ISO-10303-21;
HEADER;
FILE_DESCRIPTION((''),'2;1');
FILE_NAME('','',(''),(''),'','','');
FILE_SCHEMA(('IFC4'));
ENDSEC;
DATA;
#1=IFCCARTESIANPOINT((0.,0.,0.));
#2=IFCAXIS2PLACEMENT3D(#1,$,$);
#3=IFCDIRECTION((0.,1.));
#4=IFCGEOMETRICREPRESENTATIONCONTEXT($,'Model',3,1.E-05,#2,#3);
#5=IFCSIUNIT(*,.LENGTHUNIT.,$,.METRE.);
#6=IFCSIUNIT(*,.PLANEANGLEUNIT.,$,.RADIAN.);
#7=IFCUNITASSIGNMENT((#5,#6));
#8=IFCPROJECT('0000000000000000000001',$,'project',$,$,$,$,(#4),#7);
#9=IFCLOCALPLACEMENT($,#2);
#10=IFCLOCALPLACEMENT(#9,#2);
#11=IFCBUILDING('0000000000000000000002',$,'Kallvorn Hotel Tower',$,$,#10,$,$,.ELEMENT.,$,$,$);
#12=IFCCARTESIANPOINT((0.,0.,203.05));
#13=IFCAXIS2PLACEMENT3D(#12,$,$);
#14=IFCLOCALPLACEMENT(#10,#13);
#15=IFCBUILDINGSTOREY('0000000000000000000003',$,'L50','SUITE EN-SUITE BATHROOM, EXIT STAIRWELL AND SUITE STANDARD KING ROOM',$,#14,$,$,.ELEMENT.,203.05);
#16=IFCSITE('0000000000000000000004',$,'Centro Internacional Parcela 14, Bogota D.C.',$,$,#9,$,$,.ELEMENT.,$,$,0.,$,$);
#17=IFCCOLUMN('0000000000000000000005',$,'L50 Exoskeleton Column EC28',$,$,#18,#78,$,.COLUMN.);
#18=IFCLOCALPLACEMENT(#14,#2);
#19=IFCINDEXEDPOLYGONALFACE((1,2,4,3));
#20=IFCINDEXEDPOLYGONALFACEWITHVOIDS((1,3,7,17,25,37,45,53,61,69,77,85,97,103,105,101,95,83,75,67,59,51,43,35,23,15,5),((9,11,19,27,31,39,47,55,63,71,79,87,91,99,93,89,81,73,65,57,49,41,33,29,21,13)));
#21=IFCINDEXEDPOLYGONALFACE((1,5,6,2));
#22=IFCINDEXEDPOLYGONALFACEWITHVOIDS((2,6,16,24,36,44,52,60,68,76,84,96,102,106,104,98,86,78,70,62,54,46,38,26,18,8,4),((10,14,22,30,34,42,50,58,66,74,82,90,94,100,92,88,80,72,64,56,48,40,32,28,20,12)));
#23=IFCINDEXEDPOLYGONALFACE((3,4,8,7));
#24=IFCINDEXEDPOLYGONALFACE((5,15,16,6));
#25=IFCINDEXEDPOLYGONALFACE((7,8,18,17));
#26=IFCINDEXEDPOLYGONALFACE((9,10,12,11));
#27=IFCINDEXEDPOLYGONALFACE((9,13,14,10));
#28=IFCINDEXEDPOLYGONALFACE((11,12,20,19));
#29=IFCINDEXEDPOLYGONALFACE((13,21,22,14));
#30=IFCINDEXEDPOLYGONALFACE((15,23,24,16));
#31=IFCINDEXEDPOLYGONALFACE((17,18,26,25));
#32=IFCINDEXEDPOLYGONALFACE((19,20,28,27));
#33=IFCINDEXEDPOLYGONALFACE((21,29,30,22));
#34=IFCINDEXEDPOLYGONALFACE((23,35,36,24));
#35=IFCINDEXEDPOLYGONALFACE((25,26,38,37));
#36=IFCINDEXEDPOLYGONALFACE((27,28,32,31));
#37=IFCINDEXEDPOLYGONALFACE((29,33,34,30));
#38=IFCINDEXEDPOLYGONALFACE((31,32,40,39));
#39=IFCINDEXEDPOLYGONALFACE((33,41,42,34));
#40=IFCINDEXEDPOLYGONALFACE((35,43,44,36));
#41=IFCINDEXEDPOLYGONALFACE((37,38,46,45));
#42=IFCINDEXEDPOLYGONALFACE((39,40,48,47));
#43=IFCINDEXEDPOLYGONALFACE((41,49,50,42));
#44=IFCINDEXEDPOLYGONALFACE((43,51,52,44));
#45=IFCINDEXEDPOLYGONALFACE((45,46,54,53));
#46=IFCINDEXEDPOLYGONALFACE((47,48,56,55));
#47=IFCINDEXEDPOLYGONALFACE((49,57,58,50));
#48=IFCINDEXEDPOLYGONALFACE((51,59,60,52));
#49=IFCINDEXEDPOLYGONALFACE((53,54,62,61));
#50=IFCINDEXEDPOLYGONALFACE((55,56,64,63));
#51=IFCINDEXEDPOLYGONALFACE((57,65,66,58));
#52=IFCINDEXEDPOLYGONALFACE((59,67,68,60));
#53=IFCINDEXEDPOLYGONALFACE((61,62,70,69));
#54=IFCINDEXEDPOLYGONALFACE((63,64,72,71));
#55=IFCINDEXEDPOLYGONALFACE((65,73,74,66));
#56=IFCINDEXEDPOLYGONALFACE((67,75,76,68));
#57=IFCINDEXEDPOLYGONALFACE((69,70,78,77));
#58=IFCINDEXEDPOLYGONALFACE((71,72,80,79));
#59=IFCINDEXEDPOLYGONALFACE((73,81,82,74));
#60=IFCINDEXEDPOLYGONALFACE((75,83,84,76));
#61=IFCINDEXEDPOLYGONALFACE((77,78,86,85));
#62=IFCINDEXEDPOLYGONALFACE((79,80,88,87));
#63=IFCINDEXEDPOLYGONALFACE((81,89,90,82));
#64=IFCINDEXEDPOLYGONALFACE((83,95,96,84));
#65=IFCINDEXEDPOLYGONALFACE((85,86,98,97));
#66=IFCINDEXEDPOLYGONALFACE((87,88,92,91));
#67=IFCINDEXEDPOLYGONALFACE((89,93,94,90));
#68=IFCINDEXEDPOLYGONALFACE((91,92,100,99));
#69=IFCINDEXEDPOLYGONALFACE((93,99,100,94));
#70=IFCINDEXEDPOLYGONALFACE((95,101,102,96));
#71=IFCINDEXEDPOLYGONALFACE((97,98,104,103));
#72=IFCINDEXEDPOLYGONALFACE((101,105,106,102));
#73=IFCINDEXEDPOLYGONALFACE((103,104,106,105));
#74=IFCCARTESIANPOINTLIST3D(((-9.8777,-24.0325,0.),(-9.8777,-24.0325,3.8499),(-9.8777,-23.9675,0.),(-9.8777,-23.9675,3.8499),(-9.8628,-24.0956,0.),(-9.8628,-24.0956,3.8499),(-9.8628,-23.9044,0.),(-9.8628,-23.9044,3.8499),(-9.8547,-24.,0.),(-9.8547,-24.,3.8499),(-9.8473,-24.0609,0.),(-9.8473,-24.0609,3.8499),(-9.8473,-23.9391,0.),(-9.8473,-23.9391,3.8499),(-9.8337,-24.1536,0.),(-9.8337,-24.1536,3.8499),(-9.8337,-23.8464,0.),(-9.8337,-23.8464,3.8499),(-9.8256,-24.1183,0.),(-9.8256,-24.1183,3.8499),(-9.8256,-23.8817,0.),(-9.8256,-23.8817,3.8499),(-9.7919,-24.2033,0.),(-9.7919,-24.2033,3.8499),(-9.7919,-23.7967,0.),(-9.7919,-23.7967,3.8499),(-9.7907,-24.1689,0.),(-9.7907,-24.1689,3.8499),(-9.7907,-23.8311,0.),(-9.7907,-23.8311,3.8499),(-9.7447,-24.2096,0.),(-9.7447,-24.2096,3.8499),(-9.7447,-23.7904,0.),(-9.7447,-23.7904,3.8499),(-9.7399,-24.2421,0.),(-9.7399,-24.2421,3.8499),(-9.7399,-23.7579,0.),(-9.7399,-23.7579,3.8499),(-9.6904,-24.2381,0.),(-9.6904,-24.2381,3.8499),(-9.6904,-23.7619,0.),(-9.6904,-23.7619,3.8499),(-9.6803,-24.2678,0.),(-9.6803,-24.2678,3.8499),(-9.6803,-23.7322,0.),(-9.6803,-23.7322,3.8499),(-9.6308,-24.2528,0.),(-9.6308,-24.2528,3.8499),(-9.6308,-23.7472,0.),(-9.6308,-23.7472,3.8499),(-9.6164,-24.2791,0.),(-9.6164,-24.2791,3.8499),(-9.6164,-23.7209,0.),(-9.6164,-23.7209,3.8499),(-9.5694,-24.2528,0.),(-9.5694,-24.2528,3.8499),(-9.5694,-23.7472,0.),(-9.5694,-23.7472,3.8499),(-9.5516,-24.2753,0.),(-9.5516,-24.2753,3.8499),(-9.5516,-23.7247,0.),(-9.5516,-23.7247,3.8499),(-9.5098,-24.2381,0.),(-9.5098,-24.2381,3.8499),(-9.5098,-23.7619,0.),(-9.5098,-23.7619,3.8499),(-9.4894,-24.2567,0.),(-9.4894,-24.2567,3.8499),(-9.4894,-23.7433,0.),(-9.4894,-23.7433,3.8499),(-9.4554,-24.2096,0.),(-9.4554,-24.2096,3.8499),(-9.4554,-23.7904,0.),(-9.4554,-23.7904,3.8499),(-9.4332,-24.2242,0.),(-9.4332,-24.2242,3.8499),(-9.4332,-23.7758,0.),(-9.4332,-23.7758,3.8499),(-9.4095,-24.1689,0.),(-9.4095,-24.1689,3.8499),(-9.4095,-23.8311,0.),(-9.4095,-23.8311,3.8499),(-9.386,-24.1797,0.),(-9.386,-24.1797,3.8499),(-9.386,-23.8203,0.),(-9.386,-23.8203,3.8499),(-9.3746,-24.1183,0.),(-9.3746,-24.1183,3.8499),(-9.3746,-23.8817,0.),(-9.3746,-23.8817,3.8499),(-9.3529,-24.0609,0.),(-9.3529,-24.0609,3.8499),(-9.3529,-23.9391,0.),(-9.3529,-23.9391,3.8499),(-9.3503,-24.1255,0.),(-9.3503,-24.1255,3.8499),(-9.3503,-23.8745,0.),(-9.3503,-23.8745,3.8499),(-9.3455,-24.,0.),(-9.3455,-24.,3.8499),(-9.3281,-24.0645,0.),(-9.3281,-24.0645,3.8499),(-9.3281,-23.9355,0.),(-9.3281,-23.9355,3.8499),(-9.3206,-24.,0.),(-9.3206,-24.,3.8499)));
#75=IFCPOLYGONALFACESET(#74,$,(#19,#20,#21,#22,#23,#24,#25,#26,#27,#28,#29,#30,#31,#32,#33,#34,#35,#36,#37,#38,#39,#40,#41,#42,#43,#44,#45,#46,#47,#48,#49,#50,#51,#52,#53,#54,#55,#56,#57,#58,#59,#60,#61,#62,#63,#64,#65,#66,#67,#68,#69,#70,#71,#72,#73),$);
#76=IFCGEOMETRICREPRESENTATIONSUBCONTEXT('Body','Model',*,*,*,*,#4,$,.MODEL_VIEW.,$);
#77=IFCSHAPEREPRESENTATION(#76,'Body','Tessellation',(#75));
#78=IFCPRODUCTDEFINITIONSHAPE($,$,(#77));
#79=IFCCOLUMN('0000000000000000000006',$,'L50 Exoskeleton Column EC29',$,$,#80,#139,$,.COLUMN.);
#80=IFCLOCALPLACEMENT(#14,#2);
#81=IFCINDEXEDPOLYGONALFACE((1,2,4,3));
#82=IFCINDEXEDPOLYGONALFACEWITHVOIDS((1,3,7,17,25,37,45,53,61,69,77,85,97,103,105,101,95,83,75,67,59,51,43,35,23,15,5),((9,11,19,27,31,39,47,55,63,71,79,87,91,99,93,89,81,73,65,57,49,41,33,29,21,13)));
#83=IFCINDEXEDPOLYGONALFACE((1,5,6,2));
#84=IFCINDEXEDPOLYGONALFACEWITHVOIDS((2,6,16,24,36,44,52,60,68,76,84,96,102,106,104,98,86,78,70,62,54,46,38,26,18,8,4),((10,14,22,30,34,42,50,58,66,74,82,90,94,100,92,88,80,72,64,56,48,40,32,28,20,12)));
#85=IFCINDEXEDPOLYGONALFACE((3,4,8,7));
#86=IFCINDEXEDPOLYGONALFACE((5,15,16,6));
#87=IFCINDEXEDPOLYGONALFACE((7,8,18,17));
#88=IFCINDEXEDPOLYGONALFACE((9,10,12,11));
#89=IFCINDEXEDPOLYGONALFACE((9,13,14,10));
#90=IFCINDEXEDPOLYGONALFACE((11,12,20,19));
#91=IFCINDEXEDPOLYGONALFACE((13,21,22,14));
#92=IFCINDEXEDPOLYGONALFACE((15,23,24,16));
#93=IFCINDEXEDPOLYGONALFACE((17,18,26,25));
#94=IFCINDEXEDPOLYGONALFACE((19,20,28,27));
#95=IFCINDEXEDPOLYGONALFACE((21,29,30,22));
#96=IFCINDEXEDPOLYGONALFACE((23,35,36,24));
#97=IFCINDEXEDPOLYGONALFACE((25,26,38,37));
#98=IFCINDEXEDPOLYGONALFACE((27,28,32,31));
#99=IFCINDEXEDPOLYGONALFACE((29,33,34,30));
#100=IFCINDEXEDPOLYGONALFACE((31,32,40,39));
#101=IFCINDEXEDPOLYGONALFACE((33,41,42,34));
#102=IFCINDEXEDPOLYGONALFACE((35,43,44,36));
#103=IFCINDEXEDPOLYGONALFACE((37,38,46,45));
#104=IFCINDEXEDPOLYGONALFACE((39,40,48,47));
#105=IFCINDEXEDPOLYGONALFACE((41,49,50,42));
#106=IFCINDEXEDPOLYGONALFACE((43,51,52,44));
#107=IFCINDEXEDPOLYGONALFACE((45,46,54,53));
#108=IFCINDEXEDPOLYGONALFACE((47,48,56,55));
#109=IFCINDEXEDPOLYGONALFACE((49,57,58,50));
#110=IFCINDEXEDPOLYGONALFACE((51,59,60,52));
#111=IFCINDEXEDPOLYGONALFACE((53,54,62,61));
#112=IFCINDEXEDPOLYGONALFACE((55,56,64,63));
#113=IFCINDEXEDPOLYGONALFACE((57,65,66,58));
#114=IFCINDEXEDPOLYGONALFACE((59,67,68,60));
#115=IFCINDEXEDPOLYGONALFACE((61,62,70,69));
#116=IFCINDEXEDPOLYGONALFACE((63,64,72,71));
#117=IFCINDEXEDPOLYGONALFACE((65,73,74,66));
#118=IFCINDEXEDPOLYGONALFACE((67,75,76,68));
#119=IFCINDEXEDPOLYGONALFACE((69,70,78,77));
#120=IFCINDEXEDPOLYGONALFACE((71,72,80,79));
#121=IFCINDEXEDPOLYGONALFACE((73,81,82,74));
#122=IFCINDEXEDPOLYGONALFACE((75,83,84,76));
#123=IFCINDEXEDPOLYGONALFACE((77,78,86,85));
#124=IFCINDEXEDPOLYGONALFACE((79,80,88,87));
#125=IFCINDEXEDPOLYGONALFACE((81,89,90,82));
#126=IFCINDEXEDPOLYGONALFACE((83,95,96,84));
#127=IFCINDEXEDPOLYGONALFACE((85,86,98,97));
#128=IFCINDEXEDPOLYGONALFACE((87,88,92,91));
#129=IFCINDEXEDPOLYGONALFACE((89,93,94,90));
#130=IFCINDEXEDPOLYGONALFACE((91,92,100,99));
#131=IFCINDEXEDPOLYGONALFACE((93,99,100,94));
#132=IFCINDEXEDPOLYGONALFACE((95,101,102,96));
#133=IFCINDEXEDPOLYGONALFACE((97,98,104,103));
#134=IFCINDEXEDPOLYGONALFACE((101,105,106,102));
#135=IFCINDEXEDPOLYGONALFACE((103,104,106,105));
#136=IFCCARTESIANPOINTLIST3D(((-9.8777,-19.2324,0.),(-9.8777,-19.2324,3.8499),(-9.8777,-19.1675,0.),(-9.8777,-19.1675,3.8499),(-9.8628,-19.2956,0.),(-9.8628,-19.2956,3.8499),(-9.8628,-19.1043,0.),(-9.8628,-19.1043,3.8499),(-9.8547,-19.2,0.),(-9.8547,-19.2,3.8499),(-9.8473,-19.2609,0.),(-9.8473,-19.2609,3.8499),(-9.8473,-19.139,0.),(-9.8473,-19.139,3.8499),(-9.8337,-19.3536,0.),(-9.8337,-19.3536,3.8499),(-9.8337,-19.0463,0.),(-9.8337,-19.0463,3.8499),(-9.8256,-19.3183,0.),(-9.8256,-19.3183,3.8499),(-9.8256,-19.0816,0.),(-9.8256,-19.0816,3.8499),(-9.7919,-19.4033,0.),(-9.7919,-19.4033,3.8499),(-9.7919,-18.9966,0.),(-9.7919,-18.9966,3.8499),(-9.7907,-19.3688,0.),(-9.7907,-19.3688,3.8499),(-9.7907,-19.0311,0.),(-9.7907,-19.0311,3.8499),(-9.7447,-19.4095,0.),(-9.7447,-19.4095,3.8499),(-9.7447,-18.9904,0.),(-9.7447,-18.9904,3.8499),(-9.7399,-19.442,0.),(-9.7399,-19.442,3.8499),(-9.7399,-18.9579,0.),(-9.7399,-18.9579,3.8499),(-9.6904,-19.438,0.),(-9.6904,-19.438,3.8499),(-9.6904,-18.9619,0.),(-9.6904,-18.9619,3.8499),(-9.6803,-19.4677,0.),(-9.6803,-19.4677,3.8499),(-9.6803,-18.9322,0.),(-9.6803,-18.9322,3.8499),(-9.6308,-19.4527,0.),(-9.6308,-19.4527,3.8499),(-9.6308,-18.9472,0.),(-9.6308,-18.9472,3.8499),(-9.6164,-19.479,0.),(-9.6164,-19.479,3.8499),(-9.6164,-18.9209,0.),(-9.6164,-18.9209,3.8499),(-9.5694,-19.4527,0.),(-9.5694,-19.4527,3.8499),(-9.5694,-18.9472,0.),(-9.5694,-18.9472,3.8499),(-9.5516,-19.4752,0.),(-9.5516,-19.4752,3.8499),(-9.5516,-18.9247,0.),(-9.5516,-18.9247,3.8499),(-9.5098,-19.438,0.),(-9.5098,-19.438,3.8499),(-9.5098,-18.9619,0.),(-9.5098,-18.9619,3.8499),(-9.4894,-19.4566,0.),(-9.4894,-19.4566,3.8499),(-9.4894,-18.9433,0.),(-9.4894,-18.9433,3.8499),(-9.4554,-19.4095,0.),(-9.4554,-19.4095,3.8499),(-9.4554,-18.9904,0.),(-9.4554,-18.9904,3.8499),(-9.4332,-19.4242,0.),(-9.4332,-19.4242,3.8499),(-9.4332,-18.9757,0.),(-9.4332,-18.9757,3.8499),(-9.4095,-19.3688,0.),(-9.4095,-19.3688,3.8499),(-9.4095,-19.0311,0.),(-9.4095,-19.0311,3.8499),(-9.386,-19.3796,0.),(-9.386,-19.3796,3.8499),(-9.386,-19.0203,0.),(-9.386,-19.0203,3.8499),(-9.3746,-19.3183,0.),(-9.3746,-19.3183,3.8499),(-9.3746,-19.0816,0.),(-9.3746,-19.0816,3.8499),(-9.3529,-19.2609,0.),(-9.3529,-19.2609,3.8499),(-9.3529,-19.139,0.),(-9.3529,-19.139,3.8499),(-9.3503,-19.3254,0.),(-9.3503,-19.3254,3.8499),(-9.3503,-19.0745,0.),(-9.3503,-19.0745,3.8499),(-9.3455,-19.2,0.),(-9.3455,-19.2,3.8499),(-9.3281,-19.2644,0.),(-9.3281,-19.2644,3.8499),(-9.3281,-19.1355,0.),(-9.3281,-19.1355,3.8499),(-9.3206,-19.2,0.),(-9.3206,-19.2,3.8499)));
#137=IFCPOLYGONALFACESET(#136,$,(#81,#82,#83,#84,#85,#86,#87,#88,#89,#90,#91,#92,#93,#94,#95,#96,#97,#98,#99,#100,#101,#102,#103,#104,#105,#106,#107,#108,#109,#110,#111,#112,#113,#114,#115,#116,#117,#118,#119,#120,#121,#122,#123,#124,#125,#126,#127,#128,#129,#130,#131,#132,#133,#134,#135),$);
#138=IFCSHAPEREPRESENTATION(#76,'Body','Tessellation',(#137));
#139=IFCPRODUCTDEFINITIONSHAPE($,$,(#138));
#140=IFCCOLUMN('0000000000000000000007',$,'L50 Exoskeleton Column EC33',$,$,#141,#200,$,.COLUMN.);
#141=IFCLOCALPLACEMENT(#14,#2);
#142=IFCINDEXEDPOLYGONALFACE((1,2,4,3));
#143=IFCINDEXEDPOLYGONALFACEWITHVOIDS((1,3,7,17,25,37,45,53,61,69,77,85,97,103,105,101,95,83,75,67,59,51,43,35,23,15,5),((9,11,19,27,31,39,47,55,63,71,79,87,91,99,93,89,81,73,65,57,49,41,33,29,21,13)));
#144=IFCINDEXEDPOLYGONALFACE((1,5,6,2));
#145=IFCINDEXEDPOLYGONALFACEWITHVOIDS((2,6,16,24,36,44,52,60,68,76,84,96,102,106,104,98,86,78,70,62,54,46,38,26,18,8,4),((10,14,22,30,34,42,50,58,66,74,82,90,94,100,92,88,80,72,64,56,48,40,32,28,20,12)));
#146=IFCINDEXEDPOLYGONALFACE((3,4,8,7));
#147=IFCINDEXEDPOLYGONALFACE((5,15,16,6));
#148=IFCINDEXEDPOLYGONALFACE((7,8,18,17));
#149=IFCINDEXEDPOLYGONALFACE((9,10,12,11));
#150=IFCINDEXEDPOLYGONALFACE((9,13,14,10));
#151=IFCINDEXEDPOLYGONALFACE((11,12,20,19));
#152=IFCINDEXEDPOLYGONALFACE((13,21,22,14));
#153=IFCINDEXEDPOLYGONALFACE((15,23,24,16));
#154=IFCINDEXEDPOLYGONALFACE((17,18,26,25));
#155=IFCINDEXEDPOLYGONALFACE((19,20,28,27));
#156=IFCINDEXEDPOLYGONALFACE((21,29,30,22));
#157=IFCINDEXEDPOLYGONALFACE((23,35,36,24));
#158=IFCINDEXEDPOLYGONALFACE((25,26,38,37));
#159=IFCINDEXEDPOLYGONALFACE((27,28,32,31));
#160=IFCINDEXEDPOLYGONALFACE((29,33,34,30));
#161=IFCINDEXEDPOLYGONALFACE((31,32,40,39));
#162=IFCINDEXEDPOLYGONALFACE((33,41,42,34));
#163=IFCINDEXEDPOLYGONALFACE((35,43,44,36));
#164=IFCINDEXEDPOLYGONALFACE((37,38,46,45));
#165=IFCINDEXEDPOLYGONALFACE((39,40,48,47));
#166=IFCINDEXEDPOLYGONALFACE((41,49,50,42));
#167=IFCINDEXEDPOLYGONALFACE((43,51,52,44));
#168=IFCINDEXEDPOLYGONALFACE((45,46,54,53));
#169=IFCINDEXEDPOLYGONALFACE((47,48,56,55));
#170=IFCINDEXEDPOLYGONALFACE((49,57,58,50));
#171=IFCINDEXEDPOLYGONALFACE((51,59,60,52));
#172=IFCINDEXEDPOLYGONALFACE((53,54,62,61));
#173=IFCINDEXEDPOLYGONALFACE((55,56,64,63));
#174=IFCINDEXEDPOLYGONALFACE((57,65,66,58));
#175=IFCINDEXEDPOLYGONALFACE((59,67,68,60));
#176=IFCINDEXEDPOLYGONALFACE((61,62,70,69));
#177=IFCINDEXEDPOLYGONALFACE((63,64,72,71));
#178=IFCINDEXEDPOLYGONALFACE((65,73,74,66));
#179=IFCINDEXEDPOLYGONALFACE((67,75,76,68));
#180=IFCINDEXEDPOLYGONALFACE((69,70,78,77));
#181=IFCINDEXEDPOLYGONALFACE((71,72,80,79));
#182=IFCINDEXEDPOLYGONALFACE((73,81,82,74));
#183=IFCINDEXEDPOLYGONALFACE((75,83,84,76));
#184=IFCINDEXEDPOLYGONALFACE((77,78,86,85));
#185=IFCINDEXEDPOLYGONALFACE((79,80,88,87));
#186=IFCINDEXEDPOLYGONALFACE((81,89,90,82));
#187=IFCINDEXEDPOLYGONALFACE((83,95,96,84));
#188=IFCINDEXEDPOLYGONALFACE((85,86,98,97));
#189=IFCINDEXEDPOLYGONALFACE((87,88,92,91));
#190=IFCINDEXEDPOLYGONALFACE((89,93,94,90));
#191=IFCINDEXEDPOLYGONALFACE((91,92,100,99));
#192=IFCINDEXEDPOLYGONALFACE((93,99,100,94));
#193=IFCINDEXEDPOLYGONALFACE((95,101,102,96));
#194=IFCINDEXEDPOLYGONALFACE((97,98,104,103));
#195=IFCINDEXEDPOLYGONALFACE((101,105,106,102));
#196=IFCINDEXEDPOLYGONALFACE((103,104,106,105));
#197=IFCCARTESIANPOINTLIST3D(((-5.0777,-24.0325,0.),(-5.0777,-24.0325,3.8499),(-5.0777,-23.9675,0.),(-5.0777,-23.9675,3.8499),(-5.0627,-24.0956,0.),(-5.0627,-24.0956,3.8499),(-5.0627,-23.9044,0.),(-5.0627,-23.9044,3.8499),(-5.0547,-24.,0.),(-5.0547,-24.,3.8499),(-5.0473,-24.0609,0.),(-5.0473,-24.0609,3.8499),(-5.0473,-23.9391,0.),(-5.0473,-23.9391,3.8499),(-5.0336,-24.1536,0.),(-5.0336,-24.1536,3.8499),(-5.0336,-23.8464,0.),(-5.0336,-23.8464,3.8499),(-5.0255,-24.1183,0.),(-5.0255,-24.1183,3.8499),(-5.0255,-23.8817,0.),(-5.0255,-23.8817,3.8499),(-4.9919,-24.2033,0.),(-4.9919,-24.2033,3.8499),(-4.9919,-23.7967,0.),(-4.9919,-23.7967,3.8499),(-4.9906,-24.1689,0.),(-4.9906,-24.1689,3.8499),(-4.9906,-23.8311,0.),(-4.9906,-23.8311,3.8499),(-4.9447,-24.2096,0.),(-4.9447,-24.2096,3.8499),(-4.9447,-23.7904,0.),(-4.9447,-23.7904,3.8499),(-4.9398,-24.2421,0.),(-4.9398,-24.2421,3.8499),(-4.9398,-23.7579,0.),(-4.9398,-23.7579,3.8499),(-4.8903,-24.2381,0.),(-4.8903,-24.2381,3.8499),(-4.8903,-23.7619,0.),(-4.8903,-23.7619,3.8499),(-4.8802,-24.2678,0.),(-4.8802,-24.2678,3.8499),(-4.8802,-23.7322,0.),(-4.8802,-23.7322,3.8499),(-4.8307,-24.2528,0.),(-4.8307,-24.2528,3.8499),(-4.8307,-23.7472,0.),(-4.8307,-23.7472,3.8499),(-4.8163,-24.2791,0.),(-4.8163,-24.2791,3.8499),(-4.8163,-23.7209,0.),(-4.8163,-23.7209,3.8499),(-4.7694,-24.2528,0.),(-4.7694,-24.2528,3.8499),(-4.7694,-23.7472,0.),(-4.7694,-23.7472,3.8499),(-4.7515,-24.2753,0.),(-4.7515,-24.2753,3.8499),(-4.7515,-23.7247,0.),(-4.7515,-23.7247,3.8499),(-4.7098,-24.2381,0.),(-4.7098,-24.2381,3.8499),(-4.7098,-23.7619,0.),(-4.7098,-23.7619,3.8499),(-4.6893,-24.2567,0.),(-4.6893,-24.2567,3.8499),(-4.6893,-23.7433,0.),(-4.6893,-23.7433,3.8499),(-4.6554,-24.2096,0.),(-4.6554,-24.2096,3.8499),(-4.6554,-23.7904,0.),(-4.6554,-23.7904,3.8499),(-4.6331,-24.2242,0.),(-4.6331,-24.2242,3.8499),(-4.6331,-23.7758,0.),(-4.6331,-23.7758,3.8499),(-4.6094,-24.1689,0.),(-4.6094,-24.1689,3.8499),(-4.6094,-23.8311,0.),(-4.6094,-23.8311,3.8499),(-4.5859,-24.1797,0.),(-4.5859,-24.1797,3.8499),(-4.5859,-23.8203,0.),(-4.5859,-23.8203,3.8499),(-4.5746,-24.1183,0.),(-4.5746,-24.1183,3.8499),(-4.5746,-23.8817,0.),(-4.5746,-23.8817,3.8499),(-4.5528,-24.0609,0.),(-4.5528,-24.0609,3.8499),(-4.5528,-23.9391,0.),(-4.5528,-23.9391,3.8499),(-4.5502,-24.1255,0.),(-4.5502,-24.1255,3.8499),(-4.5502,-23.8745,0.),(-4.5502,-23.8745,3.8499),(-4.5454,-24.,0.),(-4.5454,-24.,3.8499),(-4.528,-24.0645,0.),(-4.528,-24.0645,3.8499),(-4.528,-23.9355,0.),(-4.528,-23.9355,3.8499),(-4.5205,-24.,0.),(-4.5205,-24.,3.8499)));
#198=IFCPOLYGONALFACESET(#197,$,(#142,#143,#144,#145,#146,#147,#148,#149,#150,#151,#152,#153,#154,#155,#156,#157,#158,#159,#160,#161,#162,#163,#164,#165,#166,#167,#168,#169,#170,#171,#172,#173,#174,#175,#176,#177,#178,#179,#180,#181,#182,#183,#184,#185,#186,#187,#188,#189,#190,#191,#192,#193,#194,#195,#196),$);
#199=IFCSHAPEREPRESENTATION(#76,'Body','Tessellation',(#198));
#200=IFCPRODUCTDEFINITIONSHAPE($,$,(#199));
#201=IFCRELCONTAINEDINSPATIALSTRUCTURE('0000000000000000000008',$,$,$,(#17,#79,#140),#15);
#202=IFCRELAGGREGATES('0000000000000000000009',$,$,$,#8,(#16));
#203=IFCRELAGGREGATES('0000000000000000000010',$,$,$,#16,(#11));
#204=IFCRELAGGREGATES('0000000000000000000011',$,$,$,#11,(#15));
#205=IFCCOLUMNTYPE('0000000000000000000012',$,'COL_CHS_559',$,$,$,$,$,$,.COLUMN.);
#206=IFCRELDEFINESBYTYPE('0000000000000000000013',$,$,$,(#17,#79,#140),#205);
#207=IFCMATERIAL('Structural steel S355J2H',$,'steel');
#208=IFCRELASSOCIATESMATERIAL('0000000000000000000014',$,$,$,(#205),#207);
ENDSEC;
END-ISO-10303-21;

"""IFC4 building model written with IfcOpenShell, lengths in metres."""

from ifc_helpers import new_model, si_unit, direction, frame, origin, origin_2d, place, context, subcontext, project, spatial, hollow_circle, extrude, material, material_profile, profile_set, type_object, element, save


model = new_model("IFC4")

# Units and contexts
model_context = context("Model", 3, precision=1e-05, world=origin(), true_north=direction((0.0, 1.0)))
body_context = subcontext(model_context, "Body", "Model", "MODEL_VIEW")
ifc_project = project(units=[si_unit("LENGTHUNIT", "METRE"), si_unit("PLANEANGLEUNIT", "RADIAN")], contexts=[model_context])

# Site, building, storey
site_placement = place(None, origin())
site = spatial("IfcSite", under=ifc_project, at=site_placement, Name="Centro Internacional Parcela 14, Bogota D.C.", CompositionType="ELEMENT", RefElevation=0.0)
building_placement = place(site_placement, origin())
building = spatial("IfcBuilding", under=site, at=building_placement, Name="Kallvorn Hotel Tower", CompositionType="ELEMENT")
storey_placement = place(building_placement, frame((0.0, 0.0, 203.05)))
storey = spatial("IfcBuildingStorey", under=building, at=storey_placement, Name="L50", Description="SUITE EN-SUITE BATHROOM, EXIT STAIRWELL AND SUITE STANDARD KING ROOM", CompositionType="ELEMENT", Elevation=203.05)

# Columns
ifc_material_1 = material(Name="Structural steel S355J2H", Category="steel")
ifc_material_profile_1 = material_profile(ifc_material_1, hollow_circle(Radius=0.2795, WallThickness=0.0249, at=origin_2d()), Name="CHS 559x25")
ifc_profile_set_1 = profile_set([ifc_material_profile_1], Name="Structural steel S355J2H")
column_type_1 = type_object("IfcColumnType", Name="COL_CHS_559", PredefinedType="COLUMN", material=ifc_profile_set_1)
for number, where, z_axis, x_axis, name in (
    (1, (-9.6001, -24.0, 0.0), (0.0, 0.0, 1.0), (1.0, 0.0, 0.0), "L50 Exoskeleton Column EC28"),
    (2, (-9.6001, -19.2, 0.0), (0.0, 0.0, 1.0), (1.0, 0.0, 0.0), "L50 Exoskeleton Column EC29"),
    (3, (-4.8, -24.0, 0.0), (0.0, 0.0, 1.0), (1.0, 0.0, 0.0), "L50 Exoskeleton Column EC33"),
):
    element("IfcColumn", number, at=place(storey_placement, frame(where, z_axis=z_axis, x_axis=x_axis)), inside=storey, type_object=column_type_1, Name=name, PredefinedType="COLUMN", context=body_context, shape_type="SweptSolid", body=[
        extrude(hollow_circle(Radius=0.2795, WallThickness=0.0249, at=origin_2d()), origin(), (0.0, 0.0, 1.0), 3.8499),
    ])

save(model, "model.ifc")
